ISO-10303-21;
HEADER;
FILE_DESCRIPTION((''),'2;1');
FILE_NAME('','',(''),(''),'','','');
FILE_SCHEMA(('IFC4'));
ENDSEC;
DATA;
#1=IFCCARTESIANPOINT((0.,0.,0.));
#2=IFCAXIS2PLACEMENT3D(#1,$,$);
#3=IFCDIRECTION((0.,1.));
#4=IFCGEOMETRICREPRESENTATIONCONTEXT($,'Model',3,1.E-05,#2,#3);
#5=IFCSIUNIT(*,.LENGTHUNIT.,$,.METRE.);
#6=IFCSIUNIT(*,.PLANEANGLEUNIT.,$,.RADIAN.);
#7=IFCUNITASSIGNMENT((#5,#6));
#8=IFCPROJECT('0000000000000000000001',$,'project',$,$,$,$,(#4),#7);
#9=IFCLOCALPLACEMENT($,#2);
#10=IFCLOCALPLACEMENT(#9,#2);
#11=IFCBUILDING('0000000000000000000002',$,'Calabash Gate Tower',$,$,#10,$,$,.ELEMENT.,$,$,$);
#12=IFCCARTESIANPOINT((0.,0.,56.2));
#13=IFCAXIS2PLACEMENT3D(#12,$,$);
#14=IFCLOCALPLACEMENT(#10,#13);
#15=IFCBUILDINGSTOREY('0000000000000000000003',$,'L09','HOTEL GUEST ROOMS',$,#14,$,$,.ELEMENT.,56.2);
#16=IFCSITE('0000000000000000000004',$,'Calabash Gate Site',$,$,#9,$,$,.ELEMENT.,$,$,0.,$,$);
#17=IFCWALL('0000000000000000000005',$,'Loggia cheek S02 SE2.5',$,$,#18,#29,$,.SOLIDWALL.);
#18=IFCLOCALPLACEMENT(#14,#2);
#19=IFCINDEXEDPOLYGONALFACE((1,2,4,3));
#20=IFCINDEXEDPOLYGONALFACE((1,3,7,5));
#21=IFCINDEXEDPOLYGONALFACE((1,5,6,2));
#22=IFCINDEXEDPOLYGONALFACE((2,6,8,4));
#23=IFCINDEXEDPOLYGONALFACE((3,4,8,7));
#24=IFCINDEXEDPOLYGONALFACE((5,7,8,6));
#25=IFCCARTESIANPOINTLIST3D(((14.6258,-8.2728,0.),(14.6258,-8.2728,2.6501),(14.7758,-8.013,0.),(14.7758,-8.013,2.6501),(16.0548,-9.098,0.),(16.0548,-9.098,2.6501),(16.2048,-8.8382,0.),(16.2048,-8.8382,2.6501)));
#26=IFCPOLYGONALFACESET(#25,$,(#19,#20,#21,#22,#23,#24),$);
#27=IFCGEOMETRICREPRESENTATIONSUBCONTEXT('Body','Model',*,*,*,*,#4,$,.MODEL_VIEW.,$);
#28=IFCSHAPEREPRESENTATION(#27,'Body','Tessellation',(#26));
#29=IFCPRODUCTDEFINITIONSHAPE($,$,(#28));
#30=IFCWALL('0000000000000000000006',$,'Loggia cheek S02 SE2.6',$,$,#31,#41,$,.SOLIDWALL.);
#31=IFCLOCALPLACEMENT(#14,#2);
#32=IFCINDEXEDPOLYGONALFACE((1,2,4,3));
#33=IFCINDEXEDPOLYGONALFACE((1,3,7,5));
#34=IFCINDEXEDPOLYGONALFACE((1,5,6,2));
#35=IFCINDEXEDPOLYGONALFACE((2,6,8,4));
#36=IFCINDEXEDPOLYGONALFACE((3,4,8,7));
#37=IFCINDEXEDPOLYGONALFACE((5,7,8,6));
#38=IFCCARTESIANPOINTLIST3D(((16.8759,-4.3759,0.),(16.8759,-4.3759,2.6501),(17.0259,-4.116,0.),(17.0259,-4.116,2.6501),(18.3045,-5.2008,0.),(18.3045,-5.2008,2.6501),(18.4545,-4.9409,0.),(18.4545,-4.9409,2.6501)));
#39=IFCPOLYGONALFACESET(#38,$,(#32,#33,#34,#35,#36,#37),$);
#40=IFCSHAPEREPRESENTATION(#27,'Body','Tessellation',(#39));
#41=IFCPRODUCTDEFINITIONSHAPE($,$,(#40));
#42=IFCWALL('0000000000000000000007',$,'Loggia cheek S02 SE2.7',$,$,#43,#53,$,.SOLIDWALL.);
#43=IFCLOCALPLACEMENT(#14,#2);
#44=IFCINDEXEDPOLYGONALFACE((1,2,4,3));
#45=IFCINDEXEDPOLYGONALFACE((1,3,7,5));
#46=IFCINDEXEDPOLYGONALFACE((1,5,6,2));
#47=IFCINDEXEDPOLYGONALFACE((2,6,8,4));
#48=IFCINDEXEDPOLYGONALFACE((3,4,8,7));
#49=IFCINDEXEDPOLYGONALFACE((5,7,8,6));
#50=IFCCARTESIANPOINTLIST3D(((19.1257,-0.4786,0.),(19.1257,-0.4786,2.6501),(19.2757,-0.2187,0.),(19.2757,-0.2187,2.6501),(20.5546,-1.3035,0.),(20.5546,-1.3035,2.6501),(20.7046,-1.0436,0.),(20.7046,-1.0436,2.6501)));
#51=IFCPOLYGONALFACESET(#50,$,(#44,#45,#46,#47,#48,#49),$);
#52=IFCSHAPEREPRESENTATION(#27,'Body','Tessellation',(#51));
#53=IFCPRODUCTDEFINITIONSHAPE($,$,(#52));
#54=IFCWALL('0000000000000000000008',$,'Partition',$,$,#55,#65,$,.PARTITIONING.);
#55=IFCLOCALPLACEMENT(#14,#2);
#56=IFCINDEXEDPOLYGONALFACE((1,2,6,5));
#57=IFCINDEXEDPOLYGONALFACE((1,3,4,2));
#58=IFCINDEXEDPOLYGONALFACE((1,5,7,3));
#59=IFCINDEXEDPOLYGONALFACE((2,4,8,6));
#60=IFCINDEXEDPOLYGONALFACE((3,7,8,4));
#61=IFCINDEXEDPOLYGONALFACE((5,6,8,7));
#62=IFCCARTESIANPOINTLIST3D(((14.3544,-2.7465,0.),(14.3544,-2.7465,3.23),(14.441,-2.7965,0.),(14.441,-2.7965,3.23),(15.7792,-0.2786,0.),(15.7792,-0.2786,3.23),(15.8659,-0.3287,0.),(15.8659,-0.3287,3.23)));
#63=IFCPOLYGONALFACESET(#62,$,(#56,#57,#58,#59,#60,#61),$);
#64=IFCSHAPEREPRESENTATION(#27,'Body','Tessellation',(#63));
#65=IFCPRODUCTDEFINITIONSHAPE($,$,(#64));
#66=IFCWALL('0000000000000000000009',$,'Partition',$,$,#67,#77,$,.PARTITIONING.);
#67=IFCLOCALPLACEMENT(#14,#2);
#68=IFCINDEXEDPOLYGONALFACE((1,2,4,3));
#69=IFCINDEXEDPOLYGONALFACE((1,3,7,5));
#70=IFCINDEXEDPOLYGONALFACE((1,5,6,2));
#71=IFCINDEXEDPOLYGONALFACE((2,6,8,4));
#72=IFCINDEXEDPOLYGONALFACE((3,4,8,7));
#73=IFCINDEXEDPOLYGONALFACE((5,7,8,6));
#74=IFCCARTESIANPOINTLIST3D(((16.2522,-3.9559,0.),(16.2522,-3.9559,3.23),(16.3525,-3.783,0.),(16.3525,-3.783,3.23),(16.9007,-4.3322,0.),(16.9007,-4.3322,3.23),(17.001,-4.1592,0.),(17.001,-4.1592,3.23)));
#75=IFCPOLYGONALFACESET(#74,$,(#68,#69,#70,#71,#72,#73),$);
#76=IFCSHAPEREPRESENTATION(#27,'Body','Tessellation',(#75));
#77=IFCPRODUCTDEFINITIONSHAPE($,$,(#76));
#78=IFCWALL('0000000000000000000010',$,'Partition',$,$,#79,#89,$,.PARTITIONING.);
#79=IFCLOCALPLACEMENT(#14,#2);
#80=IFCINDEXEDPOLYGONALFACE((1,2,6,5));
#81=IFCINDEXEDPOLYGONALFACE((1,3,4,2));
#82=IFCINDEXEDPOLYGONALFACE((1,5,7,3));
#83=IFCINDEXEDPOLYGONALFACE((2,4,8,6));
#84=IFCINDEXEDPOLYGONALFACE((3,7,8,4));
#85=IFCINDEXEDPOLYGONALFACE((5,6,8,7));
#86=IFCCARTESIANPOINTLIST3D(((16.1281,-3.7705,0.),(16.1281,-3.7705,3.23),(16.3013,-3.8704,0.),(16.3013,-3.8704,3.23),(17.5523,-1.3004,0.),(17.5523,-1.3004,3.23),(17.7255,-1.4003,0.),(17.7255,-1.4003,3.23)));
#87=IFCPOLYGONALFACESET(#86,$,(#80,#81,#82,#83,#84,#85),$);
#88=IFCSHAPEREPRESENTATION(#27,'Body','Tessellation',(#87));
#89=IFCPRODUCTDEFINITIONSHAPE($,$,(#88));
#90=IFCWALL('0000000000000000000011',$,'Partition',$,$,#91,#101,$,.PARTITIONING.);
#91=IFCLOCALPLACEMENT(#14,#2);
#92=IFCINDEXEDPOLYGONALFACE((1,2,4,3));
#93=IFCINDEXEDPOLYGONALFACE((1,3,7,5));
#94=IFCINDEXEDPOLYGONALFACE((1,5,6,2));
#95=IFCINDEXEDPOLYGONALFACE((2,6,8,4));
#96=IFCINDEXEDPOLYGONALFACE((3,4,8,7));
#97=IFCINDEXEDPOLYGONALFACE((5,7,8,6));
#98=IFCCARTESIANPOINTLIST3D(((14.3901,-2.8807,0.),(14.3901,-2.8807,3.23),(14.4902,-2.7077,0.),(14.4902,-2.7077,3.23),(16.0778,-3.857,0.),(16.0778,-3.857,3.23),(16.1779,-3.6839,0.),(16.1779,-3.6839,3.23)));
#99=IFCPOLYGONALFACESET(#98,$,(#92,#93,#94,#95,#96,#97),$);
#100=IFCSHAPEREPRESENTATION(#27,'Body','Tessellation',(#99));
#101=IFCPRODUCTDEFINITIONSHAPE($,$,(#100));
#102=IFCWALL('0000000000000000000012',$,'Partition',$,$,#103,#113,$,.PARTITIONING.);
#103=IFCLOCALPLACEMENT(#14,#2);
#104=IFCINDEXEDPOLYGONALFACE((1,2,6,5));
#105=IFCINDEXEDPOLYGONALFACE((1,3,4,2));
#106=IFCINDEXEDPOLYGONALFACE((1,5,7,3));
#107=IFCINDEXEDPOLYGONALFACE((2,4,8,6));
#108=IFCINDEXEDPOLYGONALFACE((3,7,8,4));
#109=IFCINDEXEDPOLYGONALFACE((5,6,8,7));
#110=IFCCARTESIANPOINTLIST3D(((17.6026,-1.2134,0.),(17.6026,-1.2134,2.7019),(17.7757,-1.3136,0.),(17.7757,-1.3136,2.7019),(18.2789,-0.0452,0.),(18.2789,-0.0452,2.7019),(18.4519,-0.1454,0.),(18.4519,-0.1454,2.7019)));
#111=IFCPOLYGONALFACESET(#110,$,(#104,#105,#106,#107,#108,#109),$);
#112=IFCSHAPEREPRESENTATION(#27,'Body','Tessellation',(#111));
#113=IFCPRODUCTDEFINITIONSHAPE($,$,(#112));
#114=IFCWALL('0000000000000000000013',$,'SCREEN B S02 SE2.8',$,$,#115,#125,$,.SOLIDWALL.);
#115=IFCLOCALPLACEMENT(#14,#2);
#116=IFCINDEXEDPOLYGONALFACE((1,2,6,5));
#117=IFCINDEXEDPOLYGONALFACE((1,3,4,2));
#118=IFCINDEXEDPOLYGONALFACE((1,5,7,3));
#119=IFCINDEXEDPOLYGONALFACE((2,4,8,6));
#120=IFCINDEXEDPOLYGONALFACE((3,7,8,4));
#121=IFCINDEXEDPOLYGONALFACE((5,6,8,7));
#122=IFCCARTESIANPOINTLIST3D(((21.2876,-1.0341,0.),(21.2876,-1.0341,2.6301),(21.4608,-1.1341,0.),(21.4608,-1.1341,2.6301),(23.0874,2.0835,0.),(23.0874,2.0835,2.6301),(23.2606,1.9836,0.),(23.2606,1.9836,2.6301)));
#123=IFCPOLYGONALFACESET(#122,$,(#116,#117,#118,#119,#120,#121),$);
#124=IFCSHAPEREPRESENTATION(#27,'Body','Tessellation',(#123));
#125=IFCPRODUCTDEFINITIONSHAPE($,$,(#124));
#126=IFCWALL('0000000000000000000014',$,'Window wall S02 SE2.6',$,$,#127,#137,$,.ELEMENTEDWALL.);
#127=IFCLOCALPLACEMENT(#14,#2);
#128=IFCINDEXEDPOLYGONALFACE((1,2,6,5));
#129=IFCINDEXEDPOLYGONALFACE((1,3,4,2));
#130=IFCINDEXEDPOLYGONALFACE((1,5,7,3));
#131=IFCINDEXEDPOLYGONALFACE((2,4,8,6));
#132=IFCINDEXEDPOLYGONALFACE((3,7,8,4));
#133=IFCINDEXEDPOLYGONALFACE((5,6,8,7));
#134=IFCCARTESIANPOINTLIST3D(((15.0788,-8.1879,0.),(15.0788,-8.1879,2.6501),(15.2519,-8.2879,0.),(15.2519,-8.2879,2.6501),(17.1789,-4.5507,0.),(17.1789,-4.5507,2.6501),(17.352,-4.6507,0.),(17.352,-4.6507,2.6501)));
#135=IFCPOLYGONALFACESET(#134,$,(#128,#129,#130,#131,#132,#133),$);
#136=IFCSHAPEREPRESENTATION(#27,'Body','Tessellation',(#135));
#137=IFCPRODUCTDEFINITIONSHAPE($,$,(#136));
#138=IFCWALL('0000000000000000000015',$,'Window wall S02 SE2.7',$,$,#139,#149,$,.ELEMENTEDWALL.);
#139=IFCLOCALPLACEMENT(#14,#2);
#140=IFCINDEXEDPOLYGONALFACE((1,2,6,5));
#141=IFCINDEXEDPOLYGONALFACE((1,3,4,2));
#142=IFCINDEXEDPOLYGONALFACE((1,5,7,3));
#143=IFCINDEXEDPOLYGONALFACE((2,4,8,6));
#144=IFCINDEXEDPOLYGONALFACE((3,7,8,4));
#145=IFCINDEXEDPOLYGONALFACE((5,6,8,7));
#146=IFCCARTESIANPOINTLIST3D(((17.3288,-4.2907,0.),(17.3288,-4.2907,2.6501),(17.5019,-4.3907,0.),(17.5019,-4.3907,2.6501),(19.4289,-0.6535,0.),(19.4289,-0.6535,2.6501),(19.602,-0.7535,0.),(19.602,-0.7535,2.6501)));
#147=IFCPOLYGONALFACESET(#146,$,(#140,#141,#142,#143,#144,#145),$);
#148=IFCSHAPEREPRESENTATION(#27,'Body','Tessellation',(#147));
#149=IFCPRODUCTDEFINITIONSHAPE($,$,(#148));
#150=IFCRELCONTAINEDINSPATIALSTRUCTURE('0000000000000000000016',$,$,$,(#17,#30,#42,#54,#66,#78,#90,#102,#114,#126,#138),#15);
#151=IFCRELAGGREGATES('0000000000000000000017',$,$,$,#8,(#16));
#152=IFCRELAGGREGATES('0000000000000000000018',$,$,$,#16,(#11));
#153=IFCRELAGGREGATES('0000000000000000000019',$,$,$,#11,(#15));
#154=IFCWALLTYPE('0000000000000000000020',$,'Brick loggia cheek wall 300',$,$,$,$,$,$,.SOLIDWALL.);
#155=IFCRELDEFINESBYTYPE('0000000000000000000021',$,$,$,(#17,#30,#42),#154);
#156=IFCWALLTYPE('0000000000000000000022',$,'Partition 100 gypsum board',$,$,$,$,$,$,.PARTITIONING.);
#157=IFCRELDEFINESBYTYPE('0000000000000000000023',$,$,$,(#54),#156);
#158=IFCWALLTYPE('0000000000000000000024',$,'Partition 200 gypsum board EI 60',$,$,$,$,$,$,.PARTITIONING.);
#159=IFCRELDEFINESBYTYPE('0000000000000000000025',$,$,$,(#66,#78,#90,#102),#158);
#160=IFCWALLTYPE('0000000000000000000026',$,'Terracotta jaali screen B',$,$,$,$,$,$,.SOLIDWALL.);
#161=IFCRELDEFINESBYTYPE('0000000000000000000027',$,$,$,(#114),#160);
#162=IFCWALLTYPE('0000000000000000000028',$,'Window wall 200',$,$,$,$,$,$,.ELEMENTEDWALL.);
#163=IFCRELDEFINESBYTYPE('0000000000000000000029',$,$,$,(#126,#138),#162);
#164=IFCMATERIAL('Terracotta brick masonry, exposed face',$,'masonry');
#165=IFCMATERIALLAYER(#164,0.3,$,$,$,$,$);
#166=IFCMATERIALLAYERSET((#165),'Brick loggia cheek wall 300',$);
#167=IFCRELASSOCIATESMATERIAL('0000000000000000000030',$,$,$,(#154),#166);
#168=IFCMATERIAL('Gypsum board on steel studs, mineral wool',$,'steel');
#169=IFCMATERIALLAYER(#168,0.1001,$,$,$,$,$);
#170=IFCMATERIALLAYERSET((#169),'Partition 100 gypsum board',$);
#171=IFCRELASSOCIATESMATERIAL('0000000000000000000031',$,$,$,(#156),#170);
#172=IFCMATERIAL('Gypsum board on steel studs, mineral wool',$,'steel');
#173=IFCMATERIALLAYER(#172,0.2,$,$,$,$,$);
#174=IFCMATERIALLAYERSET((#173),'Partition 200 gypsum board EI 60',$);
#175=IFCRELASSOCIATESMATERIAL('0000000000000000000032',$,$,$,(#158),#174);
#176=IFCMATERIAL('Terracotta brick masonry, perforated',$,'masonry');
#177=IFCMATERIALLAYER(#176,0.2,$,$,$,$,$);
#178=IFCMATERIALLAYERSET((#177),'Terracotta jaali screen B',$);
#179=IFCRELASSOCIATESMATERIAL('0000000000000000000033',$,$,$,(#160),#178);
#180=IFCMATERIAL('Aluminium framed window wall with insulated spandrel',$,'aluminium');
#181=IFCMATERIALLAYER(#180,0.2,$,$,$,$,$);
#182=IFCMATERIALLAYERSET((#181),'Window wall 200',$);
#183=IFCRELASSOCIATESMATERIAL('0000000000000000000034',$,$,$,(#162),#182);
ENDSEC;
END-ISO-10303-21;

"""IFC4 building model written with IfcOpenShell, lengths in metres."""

from ifc_helpers import new_model, si_unit, direction, frame, frame_2d, origin, place, context, subcontext, project, spatial, rectangle, extrude, material, layer, layer_set, type_object, element, save


model = new_model("IFC4")

# Units and contexts
model_context = context("Model", 3, precision=1e-05, world=origin(), true_north=direction((0.0, 1.0)))
body_context = subcontext(model_context, "Body", "Model", "MODEL_VIEW")
ifc_project = project(units=[si_unit("LENGTHUNIT", "METRE"), si_unit("PLANEANGLEUNIT", "RADIAN")], contexts=[model_context])

# Site, building, storey
site_placement = place(None, origin())
site = spatial("IfcSite", under=ifc_project, at=site_placement, Name="Calabash Gate Site", CompositionType="ELEMENT", RefElevation=0.0)
building_placement = place(site_placement, origin())
building = spatial("IfcBuilding", under=site, at=building_placement, Name="Calabash Gate Tower", CompositionType="ELEMENT")
storey_placement = place(building_placement, frame((0.0, 0.0, 56.2)))
storey = spatial("IfcBuildingStorey", under=building, at=storey_placement, Name="L09", Description="HOTEL GUEST ROOMS", CompositionType="ELEMENT", Elevation=56.2)

# Walls
ifc_material_1 = material(Name="Terracotta brick masonry, exposed face", Category="masonry")
ifc_layer_1 = layer(ifc_material_1, 0.3)
ifc_layer_set_1 = layer_set([ifc_layer_1], Name="Brick loggia cheek wall 300")
wall_type_1 = type_object("IfcWallType", Name="Brick loggia cheek wall 300", PredefinedType="SOLIDWALL", material=ifc_layer_set_1)
wall_1_placement = place(storey_placement, frame((14.7007, -8.1428, 0.0), z_axis=(0.0, 0.0, 1.0), x_axis=(0.865976, -0.500085, 0.0)))
element("IfcWall", 1, at=wall_1_placement, inside=storey, type_object=wall_type_1, Name="Loggia cheek S02 SE2.5", PredefinedType="SOLIDWALL", context=body_context, shape_type="SweptSolid", body=[
    extrude(rectangle(XDim=1.6501, YDim=0.3, at=frame_2d((0.8252, 0.0))), origin(), (0.0, 0.0, 1.0), 2.6501),
])
wall_2_placement = place(storey_placement, frame((18.3794, -5.0708, 0.0), z_axis=(0.0, 0.0, 1.0), x_axis=(-0.866003, 0.500038, 0.0)))
element("IfcWall", 2, at=wall_2_placement, inside=storey, type_object=wall_type_1, Name="Loggia cheek S02 SE2.6", PredefinedType="SOLIDWALL", context=body_context, shape_type="SweptSolid", body=[
    extrude(rectangle(XDim=1.6497, YDim=0.3, at=frame_2d((0.8247, 0.0))), origin(), (0.0, 0.0, 1.0), 2.6501),
])
wall_3_placement = place(storey_placement, frame((19.2007, -0.3486, 0.0), z_axis=(0.0, 0.0, 1.0), x_axis=(0.86604, -0.499974, 0.0)))
element("IfcWall", 3, at=wall_3_placement, inside=storey, type_object=wall_type_1, Name="Loggia cheek S02 SE2.7", PredefinedType="SOLIDWALL", context=body_context, shape_type="SweptSolid", body=[
    extrude(rectangle(XDim=1.6499, YDim=0.3, at=frame_2d((0.825, 0.0))), origin(), (0.0, 0.0, 1.0), 2.6501),
])
ifc_material_2 = material(Name="Gypsum board on steel studs, mineral wool", Category="steel")
ifc_layer_2 = layer(ifc_material_2, 0.1001)
ifc_layer_set_2 = layer_set([ifc_layer_2], Name="Partition 100 gypsum board")
wall_type_2 = type_object("IfcWallType", Name="Partition 100 gypsum board", PredefinedType="PARTITIONING", material=ifc_layer_set_2)
wall_4_placement = place(storey_placement, frame((14.3977, -2.7715, 0.0), z_axis=(0.0, 0.0, 1.0), x_axis=(0.500009, 0.86602, 0.0)))
element("IfcWall", 4, at=wall_4_placement, inside=storey, type_object=wall_type_2, Name="Partition", PredefinedType="PARTITIONING", context=body_context, shape_type="SweptSolid", body=[
    extrude(rectangle(XDim=2.8496, YDim=0.1001, at=frame_2d((1.4248, 0.0))), origin(), (0.0, 0.0, 1.0), 3.23),
])
ifc_material_3 = material(Name="Gypsum board on steel studs, mineral wool", Category="steel")
ifc_layer_3 = layer(ifc_material_3, 0.2)
ifc_layer_set_3 = layer_set([ifc_layer_3], Name="Partition 200 gypsum board EI 60")
wall_type_3 = type_object("IfcWallType", Name="Partition 200 gypsum board EI 60", PredefinedType="PARTITIONING", material=ifc_layer_set_3)
wall_5_placement = place(storey_placement, frame((16.3022, -3.8694, 0.0), z_axis=(0.0, 0.0, 1.0), x_axis=(0.864958, -0.501845, 0.0)))
element("IfcWall", 5, at=wall_5_placement, inside=storey, type_object=wall_type_3, Name="Partition", PredefinedType="PARTITIONING", context=body_context, shape_type="SweptSolid", body=[
    extrude(rectangle(XDim=0.7498, YDim=0.2, at=frame_2d((0.375, 0.0))), origin(), (0.0, 0.0, 1.0), 3.23),
])
wall_6_placement = place(storey_placement, frame((16.2146, -3.8206, 0.0), z_axis=(0.0, 0.0, 1.0), x_axis=(0.49951, 0.866308, 0.0)))
element("IfcWall", 6, at=wall_6_placement, inside=storey, type_object=wall_type_3, Name="Partition", PredefinedType="PARTITIONING", context=body_context, shape_type="SweptSolid", body=[
    extrude(rectangle(XDim=2.8513, YDim=0.2, at=frame_2d((1.4258, 0.0))), origin(), (0.0, 0.0, 1.0), 3.23),
])
wall_7_placement = place(storey_placement, frame((14.4402, -2.7942, 0.0), z_axis=(0.0, 0.0, 1.0), x_axis=(0.865603, -0.50073, 0.0)))
element("IfcWall", 7, at=wall_7_placement, inside=storey, type_object=wall_type_3, Name="Partition", PredefinedType="PARTITIONING", context=body_context, shape_type="SweptSolid", body=[
    extrude(rectangle(XDim=1.9497, YDim=0.2, at=frame_2d((0.9749, 0.0))), origin(), (0.0, 0.0, 1.0), 3.23),
])
wall_8_placement = place(storey_placement, frame((17.6892, -1.2634, 0.0), z_axis=(0.0, 0.0, 1.0), x_axis=(0.501001, 0.865447, 0.0)))
element("IfcWall", 8, at=wall_8_placement, inside=storey, type_object=wall_type_3, Name="Partition", PredefinedType="PARTITIONING", context=body_context, shape_type="SweptSolid", body=[
    extrude(rectangle(XDim=1.3499, YDim=0.2, at=frame_2d((0.6748, 0.0))), origin(), (0.0, 0.0, 1.0), 2.7019),
])
ifc_material_4 = material(Name="Terracotta brick masonry, perforated", Category="masonry")
ifc_layer_4 = layer(ifc_material_4, 0.2)
ifc_layer_set_4 = layer_set([ifc_layer_4], Name="Terracotta jaali screen B")
wall_type_4 = type_object("IfcWallType", Name="Terracotta jaali screen B", PredefinedType="SOLIDWALL", material=ifc_layer_set_4)
wall_9_placement = place(storey_placement, frame((21.3743, -1.084, 0.0), z_axis=(0.0, 0.0, 1.0), x_axis=(0.499961, 0.866048, 0.0)))
element("IfcWall", 9, at=wall_9_placement, inside=storey, type_object=wall_type_4, Name="SCREEN B S02 SE2.8", PredefinedType="SOLIDWALL", context=body_context, shape_type="SweptSolid", body=[
    extrude(rectangle(XDim=3.5999, YDim=0.2, at=frame_2d((1.7998, 0.0))), origin(), (0.0, 0.0, 1.0), 2.6301),
])
ifc_material_5 = material(Name="Aluminium framed window wall with insulated spandrel", Category="aluminium")
ifc_layer_5 = layer(ifc_material_5, 0.2)
ifc_layer_set_5 = layer_set([ifc_layer_5], Name="Window wall 200")
wall_type_5 = type_object("IfcWallType", Name="Window wall 200", PredefinedType="ELEMENTEDWALL", material=ifc_layer_set_5)
for number, where, z_axis, x_axis, name in (
    (10, (15.1653, -8.238, 0.0), (0.0, 0.0, 1.0), (0.500028, 0.866009, 0.0), "Window wall S02 SE2.6"),
    (11, (17.4153, -4.3408, 0.0), (0.0, 0.0, 1.0), (0.500028, 0.866009, 0.0), "Window wall S02 SE2.7"),
):
    element("IfcWall", number, at=place(storey_placement, frame(where, z_axis=z_axis, x_axis=x_axis)), inside=storey, type_object=wall_type_5, Name=name, PredefinedType="ELEMENTEDWALL", context=body_context, shape_type="SweptSolid", body=[
        extrude(rectangle(XDim=4.2, YDim=0.2, at=frame_2d((2.1001, 0.0))), origin(), (0.0, 0.0, 1.0), 2.6501),
    ])

save(model, "model.ifc")
